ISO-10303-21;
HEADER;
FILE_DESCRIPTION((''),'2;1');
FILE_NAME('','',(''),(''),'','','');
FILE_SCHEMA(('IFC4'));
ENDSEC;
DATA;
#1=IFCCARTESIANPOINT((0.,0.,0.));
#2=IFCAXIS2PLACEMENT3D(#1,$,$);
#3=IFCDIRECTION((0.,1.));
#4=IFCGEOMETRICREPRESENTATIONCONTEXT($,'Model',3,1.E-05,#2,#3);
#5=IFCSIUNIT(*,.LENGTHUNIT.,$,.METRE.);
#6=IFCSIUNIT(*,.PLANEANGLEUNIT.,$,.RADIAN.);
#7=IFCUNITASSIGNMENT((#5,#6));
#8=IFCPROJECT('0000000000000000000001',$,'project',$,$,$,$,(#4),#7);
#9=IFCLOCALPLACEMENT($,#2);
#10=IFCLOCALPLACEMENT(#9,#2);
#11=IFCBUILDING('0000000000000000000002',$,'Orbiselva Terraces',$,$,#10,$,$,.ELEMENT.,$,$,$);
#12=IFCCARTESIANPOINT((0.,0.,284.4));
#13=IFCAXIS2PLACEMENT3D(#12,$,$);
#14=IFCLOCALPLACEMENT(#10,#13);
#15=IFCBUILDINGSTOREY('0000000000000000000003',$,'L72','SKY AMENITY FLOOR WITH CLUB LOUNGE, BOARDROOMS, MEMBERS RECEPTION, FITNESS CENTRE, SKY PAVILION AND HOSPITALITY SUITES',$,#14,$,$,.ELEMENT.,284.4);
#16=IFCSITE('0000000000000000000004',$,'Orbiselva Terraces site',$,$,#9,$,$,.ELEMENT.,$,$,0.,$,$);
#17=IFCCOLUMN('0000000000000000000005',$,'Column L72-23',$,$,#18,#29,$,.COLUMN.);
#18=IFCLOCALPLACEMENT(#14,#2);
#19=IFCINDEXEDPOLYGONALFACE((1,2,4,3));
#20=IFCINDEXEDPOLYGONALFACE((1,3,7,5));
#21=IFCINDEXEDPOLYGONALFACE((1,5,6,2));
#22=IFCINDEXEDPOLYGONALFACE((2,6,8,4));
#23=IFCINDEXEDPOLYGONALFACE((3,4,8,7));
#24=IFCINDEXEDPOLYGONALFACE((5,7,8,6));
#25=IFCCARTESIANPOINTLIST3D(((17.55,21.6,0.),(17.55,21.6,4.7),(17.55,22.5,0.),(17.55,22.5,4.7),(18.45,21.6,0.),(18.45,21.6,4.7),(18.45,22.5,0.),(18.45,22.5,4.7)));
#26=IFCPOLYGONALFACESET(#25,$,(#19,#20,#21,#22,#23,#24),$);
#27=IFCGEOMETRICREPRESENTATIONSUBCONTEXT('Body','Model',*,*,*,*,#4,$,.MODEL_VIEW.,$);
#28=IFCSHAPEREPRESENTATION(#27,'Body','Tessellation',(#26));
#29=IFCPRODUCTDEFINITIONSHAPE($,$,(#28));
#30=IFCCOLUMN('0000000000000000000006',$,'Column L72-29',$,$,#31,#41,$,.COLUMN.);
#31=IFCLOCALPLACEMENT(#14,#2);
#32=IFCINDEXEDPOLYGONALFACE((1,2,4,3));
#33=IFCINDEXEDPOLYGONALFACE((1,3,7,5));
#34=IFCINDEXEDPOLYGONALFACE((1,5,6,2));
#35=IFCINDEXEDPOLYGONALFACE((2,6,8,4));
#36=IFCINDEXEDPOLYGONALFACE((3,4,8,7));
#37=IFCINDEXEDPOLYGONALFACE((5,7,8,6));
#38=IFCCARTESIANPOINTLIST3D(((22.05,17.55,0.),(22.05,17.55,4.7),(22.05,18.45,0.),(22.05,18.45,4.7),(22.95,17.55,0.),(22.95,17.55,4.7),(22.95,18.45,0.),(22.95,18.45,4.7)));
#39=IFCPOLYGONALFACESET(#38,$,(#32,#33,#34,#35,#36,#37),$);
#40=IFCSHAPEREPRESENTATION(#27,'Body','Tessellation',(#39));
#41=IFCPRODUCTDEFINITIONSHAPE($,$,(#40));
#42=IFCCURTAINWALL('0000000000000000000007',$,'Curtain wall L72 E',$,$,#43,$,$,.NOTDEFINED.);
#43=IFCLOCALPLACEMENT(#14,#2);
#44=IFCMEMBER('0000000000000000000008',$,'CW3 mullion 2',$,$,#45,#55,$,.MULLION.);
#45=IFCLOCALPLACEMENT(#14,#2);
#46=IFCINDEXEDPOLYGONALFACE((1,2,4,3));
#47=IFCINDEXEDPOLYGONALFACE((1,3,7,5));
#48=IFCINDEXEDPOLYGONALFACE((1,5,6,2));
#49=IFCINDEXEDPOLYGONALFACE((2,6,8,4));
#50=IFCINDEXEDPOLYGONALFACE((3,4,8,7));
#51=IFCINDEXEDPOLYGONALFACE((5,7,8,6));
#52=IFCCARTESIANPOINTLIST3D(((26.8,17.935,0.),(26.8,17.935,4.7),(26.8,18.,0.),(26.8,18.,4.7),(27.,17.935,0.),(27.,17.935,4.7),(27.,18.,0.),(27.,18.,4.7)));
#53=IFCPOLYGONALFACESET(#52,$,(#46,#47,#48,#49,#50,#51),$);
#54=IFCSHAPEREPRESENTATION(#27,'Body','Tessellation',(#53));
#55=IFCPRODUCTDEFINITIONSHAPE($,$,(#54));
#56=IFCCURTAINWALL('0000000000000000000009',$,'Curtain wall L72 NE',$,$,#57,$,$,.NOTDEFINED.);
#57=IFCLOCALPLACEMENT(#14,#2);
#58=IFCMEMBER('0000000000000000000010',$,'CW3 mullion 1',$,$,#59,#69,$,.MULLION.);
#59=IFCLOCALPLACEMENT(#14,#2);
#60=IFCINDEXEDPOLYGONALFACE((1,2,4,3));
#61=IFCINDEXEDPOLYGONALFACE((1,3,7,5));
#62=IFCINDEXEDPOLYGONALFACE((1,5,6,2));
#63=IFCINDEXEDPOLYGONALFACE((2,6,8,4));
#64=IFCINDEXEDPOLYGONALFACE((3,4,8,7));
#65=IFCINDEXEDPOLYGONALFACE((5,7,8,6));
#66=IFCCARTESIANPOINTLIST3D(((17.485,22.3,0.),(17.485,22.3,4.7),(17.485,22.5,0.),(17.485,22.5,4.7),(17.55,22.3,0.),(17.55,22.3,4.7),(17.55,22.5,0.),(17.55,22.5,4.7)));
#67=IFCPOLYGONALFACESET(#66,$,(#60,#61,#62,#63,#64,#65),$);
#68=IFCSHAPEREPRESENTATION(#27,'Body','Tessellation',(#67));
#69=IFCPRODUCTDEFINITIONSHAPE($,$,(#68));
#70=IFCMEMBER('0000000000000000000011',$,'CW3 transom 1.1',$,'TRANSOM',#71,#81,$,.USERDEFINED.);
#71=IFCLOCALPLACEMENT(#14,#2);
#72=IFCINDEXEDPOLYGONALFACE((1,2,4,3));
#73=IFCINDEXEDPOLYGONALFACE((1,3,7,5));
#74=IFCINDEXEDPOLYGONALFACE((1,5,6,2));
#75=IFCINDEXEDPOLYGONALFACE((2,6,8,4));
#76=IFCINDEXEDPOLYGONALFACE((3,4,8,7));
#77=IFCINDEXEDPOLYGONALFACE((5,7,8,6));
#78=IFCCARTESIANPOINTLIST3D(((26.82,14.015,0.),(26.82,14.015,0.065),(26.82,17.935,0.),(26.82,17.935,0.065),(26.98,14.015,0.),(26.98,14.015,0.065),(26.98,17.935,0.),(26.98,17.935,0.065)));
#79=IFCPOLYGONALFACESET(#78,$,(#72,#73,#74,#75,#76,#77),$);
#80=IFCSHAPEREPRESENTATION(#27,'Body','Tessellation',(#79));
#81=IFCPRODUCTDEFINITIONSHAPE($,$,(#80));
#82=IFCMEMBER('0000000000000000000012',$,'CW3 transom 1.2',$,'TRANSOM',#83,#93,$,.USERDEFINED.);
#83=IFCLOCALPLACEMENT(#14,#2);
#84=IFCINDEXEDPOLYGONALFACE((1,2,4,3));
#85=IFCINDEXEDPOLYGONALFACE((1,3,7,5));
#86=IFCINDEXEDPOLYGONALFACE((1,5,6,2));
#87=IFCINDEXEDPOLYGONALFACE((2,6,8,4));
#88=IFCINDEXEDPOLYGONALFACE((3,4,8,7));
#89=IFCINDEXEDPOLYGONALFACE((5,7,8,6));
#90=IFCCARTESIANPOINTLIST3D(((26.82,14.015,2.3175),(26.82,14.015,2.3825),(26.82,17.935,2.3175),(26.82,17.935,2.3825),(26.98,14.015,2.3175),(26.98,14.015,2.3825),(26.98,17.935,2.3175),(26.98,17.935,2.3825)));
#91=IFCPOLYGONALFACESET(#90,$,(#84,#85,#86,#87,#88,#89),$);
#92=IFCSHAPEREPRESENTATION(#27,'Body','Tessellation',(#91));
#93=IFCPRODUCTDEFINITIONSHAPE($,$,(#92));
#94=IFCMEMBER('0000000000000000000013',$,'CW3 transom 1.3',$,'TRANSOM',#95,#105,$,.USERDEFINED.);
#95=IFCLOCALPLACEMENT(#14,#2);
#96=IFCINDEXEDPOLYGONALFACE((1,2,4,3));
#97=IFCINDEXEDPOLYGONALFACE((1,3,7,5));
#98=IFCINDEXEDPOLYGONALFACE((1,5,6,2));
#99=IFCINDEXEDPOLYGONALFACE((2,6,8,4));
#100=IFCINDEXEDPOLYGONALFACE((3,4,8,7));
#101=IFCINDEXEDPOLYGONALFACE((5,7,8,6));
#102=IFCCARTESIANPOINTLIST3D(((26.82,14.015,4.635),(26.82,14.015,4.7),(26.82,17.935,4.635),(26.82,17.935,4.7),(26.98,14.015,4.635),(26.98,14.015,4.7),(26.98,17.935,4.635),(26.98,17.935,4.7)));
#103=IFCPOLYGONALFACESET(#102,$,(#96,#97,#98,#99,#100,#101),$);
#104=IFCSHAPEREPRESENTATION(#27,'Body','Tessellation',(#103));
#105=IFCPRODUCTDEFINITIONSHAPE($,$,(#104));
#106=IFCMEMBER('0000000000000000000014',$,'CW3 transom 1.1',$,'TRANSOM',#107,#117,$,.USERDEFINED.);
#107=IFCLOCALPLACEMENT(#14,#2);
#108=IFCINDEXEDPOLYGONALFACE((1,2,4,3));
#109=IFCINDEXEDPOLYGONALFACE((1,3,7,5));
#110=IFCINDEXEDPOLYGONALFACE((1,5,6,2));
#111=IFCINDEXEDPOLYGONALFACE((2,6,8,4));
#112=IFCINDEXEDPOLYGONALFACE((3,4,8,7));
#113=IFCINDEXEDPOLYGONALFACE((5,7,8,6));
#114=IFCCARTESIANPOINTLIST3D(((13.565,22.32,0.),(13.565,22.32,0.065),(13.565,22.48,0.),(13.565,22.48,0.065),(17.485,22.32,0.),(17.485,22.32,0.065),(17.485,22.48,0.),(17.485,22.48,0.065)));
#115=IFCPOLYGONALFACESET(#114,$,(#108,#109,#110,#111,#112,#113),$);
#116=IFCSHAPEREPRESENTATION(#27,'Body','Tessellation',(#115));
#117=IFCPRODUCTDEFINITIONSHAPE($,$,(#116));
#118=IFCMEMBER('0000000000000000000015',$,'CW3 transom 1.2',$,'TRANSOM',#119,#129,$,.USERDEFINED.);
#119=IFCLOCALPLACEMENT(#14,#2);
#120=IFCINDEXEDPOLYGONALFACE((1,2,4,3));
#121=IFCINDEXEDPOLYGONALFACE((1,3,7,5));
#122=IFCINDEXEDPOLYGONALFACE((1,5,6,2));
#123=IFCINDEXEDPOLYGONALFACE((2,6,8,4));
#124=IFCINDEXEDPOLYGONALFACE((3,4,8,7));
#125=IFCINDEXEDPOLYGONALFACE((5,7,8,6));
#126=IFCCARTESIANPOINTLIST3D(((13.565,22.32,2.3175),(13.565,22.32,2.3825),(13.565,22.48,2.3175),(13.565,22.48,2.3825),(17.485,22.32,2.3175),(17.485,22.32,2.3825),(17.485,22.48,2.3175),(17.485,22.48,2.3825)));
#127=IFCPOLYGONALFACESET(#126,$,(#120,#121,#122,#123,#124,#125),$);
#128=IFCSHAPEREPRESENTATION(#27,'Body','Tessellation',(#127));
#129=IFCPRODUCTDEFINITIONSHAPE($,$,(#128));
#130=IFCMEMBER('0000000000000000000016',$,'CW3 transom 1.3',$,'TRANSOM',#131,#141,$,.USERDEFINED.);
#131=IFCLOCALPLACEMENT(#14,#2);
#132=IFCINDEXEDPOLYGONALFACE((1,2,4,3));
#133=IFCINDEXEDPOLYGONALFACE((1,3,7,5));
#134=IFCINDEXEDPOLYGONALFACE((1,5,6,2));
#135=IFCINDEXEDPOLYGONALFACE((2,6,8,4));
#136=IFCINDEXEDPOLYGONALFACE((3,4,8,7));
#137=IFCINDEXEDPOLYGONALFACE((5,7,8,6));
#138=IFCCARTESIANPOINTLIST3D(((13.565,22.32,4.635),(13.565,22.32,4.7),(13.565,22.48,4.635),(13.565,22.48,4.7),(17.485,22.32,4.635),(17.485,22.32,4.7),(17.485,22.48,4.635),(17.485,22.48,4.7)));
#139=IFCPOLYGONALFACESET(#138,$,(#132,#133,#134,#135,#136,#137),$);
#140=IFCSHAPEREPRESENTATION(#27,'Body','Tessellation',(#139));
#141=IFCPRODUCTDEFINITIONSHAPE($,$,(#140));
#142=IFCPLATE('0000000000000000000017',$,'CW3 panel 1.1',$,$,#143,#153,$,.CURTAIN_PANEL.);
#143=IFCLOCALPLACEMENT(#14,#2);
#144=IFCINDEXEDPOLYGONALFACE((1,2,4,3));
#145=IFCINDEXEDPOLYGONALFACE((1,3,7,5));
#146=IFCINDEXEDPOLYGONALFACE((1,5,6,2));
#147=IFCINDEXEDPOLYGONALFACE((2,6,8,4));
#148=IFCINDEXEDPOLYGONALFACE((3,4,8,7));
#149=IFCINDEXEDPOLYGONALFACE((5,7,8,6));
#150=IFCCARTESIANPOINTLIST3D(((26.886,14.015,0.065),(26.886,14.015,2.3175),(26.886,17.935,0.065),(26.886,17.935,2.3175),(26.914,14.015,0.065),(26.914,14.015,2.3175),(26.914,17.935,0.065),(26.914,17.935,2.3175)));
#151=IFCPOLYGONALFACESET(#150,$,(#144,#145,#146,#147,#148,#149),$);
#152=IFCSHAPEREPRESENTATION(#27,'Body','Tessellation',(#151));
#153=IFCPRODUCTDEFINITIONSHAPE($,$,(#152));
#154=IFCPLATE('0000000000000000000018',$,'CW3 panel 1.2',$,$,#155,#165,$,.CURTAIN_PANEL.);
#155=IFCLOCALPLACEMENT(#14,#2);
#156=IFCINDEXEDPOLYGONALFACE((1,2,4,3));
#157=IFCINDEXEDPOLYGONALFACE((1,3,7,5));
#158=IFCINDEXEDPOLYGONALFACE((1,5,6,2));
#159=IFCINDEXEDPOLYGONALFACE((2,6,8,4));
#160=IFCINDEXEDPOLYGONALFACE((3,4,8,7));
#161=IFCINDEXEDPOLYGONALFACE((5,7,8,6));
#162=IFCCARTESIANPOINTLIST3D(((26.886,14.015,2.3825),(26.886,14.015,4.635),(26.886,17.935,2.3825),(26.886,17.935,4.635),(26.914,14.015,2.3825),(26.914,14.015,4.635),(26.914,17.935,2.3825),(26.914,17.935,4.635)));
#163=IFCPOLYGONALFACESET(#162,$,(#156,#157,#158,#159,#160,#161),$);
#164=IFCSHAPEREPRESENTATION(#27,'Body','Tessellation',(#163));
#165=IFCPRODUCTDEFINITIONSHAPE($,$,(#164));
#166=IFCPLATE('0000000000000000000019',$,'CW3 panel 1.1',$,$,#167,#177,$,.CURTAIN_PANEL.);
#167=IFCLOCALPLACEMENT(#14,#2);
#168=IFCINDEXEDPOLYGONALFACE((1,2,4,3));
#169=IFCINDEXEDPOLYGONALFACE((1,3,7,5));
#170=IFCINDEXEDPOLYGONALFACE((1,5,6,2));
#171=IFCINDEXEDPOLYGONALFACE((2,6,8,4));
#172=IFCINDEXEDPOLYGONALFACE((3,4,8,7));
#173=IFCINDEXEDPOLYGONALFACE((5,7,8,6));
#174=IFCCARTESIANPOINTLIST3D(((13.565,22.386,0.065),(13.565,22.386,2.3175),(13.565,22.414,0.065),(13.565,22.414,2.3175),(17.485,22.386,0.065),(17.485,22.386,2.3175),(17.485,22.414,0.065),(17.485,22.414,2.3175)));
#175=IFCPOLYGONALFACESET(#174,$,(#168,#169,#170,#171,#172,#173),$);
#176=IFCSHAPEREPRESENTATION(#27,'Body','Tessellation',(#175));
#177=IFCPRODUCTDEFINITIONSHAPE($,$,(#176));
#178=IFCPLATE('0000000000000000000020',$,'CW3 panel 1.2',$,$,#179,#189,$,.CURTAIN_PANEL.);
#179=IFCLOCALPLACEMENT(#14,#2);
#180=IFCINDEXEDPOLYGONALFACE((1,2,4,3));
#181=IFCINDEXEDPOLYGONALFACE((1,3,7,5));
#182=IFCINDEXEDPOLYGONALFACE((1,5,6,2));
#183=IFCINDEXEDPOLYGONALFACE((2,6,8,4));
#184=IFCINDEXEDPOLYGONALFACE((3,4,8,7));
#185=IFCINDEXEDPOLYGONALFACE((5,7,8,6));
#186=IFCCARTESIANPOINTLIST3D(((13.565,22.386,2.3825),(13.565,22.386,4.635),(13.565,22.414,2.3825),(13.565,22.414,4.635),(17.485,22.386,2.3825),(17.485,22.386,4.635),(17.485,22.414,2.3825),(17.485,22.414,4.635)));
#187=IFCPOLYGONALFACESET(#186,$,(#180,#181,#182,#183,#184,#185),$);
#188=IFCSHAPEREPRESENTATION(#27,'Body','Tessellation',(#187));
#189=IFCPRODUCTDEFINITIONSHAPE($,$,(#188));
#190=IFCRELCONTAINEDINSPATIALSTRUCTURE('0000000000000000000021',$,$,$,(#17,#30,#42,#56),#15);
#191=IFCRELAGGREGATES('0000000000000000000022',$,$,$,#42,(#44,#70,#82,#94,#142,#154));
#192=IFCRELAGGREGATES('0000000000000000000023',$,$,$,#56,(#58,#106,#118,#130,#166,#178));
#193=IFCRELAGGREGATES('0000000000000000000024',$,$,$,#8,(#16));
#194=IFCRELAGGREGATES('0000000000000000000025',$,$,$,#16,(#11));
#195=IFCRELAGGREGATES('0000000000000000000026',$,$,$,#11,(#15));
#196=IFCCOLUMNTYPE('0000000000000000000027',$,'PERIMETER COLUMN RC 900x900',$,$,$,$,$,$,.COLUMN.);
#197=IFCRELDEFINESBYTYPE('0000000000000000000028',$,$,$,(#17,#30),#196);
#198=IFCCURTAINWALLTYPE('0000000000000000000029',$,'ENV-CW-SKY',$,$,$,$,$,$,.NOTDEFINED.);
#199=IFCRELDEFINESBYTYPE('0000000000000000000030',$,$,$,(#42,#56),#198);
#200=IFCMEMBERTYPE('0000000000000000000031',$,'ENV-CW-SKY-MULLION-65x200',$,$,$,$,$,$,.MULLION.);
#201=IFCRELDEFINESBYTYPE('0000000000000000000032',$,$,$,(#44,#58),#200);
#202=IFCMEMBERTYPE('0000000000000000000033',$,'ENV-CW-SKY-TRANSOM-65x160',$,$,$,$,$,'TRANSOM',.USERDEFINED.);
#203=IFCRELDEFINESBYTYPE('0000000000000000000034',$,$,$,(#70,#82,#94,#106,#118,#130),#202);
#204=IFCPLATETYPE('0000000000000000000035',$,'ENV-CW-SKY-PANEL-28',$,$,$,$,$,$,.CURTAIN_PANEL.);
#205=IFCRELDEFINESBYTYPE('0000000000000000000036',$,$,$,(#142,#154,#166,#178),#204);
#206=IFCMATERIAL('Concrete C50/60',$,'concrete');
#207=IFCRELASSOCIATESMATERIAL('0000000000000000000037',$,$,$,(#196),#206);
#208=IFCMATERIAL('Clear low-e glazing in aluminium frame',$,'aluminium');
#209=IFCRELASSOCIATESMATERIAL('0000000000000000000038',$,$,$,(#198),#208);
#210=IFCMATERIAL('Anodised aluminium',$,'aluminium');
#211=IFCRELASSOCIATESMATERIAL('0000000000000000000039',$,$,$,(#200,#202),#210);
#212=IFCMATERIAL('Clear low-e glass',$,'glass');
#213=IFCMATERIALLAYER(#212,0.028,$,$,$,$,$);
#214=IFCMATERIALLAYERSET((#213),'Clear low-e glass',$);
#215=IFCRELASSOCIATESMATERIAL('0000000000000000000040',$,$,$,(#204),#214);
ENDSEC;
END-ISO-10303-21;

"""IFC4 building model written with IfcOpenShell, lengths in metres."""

from ifc_helpers import new_model, si_unit, direction, frame, origin, origin_2d, place, context, subcontext, project, spatial, rectangle, extrude, material, layer, layer_set, material_profile, profile_set, type_object, element, aggregate, save


model = new_model("IFC4")

# Units and contexts
model_context = context("Model", 3, precision=1e-05, world=origin(), true_north=direction((0.0, 1.0)))
body_context = subcontext(model_context, "Body", "Model", "MODEL_VIEW")
ifc_project = project(units=[si_unit("LENGTHUNIT", "METRE"), si_unit("PLANEANGLEUNIT", "RADIAN")], contexts=[model_context])

# Site, building, storey
site_placement = place(None, origin())
site = spatial("IfcSite", under=ifc_project, at=site_placement, Name="Orbiselva Terraces site", CompositionType="ELEMENT", RefElevation=0.0)
building_placement = place(site_placement, origin())
building = spatial("IfcBuilding", under=site, at=building_placement, Name="Orbiselva Terraces", CompositionType="ELEMENT")
storey_placement = place(building_placement, frame((0.0, 0.0, 284.4)))
storey = spatial("IfcBuildingStorey", under=building, at=storey_placement, Name="L72", Description="SKY AMENITY FLOOR WITH CLUB LOUNGE, BOARDROOMS, MEMBERS RECEPTION, FITNESS CENTRE, SKY PAVILION AND HOSPITALITY SUITES", CompositionType="ELEMENT", Elevation=284.4)

# Columns
ifc_material_1 = material(Name="Concrete C50/60", Category="concrete")
ifc_material_profile_1 = material_profile(ifc_material_1, rectangle(XDim=0.9, YDim=0.9, at=origin_2d()), Name="RC 900x900")
ifc_profile_set_1 = profile_set([ifc_material_profile_1], Name="Concrete C50/60")
column_type = type_object("IfcColumnType", Name="PERIMETER COLUMN RC 900x900", PredefinedType="COLUMN", material=ifc_profile_set_1)
for number, where, z_axis, x_axis, name in (
    (1, (18.0, 22.05, 0.0), (0.0, 0.0, 1.0), (1.0, 0.0, 0.0), "Column L72-23"),
    (2, (22.5, 18.0, 0.0), (0.0, 0.0, 1.0), (1.0, 0.0, 0.0), "Column L72-29"),
):
    element("IfcColumn", number, at=place(storey_placement, frame(where, z_axis=z_axis, x_axis=x_axis)), inside=storey, type_object=column_type, Name=name, PredefinedType="COLUMN", context=body_context, shape_type="SweptSolid", body=[
        extrude(rectangle(XDim=0.9, YDim=0.9, at=origin_2d()), origin(), (0.0, 0.0, 1.0), 4.7),
    ])

# Curtain walls, members
ifc_material_2 = material(Name="Clear low-e glazing in aluminium frame", Category="aluminium")
curtain_wall_type = type_object("IfcCurtainWallType", Name="ENV-CW-SKY", PredefinedType="NOTDEFINED", material=ifc_material_2)
curtain_wall_1_placement = place(storey_placement, origin())
curtain_wall_1 = element("IfcCurtainWall", 3, at=curtain_wall_1_placement, inside=storey, type_object=curtain_wall_type, Name="Curtain wall L72 E", PredefinedType="NOTDEFINED")
ifc_material_3 = material(Name="Anodised aluminium", Category="aluminium")
ifc_material_profile_2 = material_profile(ifc_material_3, rectangle(XDim=0.2, YDim=0.065, at=origin_2d()), Name="AL 65x200")
ifc_profile_set_2 = profile_set([ifc_material_profile_2], Name="Anodised aluminium")
member_type_1 = type_object("IfcMemberType", Name="ENV-CW-SKY-MULLION-65x200", PredefinedType="MULLION", material=ifc_profile_set_2)
member_1_placement = place(storey_placement, frame((26.9, 17.9675, 0.0), z_axis=(0.0, 0.0, 1.0), x_axis=(-1.0, 0.0, 0.0)))
member_1 = element("IfcMember", 4, at=member_1_placement, type_object=member_type_1, Name="CW3 mullion 2", PredefinedType="MULLION", context=body_context, shape_type="SweptSolid", body=[
    extrude(rectangle(XDim=0.2, YDim=0.065, at=origin_2d()), origin(), (0.0, 0.0, 1.0), 4.7),
])
curtain_wall_2_placement = place(storey_placement, origin())
curtain_wall_2 = element("IfcCurtainWall", 5, at=curtain_wall_2_placement, inside=storey, type_object=curtain_wall_type, Name="Curtain wall L72 NE", PredefinedType="NOTDEFINED")
member_2_placement = place(storey_placement, frame((17.5175, 22.4, 0.0), z_axis=(0.0, 0.0, 1.0), x_axis=(0.0, -1.0, 0.0)))
member_2 = element("IfcMember", 6, at=member_2_placement, type_object=member_type_1, Name="CW3 mullion 1", PredefinedType="MULLION", context=body_context, shape_type="SweptSolid", body=[
    extrude(rectangle(XDim=0.2, YDim=0.065, at=origin_2d()), origin(), (0.0, 0.0, 1.0), 4.7),
])

# Members
ifc_material_profile_3 = material_profile(ifc_material_3, rectangle(XDim=0.16, YDim=0.065, at=origin_2d()), Name="AL 65x160")
ifc_profile_set_3 = profile_set([ifc_material_profile_3], Name="Anodised aluminium")
member_type_2 = type_object("IfcMemberType", Name="ENV-CW-SKY-TRANSOM-65x160", ElementType="TRANSOM", PredefinedType="USERDEFINED", material=ifc_profile_set_3)
member_3_placement = place(storey_placement, frame((26.9, 14.015, 0.0325), z_axis=(0.0, 1.0, 0.0), x_axis=(-1.0, 0.0, 0.0)))
member_3 = element("IfcMember", 7, at=member_3_placement, type_object=member_type_2, Name="CW3 transom 1.1", ObjectType="TRANSOM", PredefinedType="USERDEFINED", context=body_context, shape_type="SweptSolid", body=[
    extrude(rectangle(XDim=0.16, YDim=0.065, at=origin_2d()), origin(), (0.0, 0.0, 1.0), 3.92),
])
member_4_placement = place(storey_placement, frame((26.9, 14.015, 2.35), z_axis=(0.0, 1.0, 0.0), x_axis=(-1.0, 0.0, 0.0)))
member_4 = element("IfcMember", 8, at=member_4_placement, type_object=member_type_2, Name="CW3 transom 1.2", ObjectType="TRANSOM", PredefinedType="USERDEFINED", context=body_context, shape_type="SweptSolid", body=[
    extrude(rectangle(XDim=0.16, YDim=0.065, at=origin_2d()), origin(), (0.0, 0.0, 1.0), 3.92),
])
member_5_placement = place(storey_placement, frame((26.9, 14.015, 4.6675), z_axis=(0.0, 1.0, 0.0), x_axis=(-1.0, 0.0, 0.0)))
member_5 = element("IfcMember", 9, at=member_5_placement, type_object=member_type_2, Name="CW3 transom 1.3", ObjectType="TRANSOM", PredefinedType="USERDEFINED", context=body_context, shape_type="SweptSolid", body=[
    extrude(rectangle(XDim=0.16, YDim=0.065, at=origin_2d()), origin(), (0.0, 0.0, 1.0), 3.92),
])
member_6_placement = place(storey_placement, frame((17.485, 22.4, 0.0325), z_axis=(-1.0, 0.0, 0.0), x_axis=(0.0, -1.0, 0.0)))
member_6 = element("IfcMember", 10, at=member_6_placement, type_object=member_type_2, Name="CW3 transom 1.1", ObjectType="TRANSOM", PredefinedType="USERDEFINED", context=body_context, shape_type="SweptSolid", body=[
    extrude(rectangle(XDim=0.16, YDim=0.065, at=origin_2d()), origin(), (0.0, 0.0, 1.0), 3.92),
])
member_7_placement = place(storey_placement, frame((17.485, 22.4, 2.35), z_axis=(-1.0, 0.0, 0.0), x_axis=(0.0, -1.0, 0.0)))
member_7 = element("IfcMember", 11, at=member_7_placement, type_object=member_type_2, Name="CW3 transom 1.2", ObjectType="TRANSOM", PredefinedType="USERDEFINED", context=body_context, shape_type="SweptSolid", body=[
    extrude(rectangle(XDim=0.16, YDim=0.065, at=origin_2d()), origin(), (0.0, 0.0, 1.0), 3.92),
])
member_8_placement = place(storey_placement, frame((17.485, 22.4, 4.6675), z_axis=(-1.0, 0.0, 0.0), x_axis=(0.0, -1.0, 0.0)))
member_8 = element("IfcMember", 12, at=member_8_placement, type_object=member_type_2, Name="CW3 transom 1.3", ObjectType="TRANSOM", PredefinedType="USERDEFINED", context=body_context, shape_type="SweptSolid", body=[
    extrude(rectangle(XDim=0.16, YDim=0.065, at=origin_2d()), origin(), (0.0, 0.0, 1.0), 3.92),
])

# Plates
ifc_material_4 = material(Name="Clear low-e glass", Category="glass")
ifc_layer_1 = layer(ifc_material_4, 0.028)
ifc_layer_set_1 = layer_set([ifc_layer_1], Name="Clear low-e glass")
plate_type = type_object("IfcPlateType", Name="ENV-CW-SKY-PANEL-28", PredefinedType="CURTAIN_PANEL", material=ifc_layer_set_1)
plate_1_placement = place(storey_placement, frame((26.9, 15.975, 0.065), z_axis=(0.0, 0.0, 1.0), x_axis=(0.0, 1.0, 0.0)))
plate_1 = element("IfcPlate", 13, at=plate_1_placement, type_object=plate_type, Name="CW3 panel 1.1", PredefinedType="CURTAIN_PANEL", context=body_context, shape_type="SweptSolid", body=[
    extrude(rectangle(XDim=3.92, YDim=0.028, at=origin_2d()), origin(), (0.0, 0.0, 1.0), 2.2525),
])
plate_2_placement = place(storey_placement, frame((26.9, 15.975, 2.3825), z_axis=(0.0, 0.0, 1.0), x_axis=(0.0, 1.0, 0.0)))
plate_2 = element("IfcPlate", 14, at=plate_2_placement, type_object=plate_type, Name="CW3 panel 1.2", PredefinedType="CURTAIN_PANEL", context=body_context, shape_type="SweptSolid", body=[
    extrude(rectangle(XDim=3.92, YDim=0.028, at=origin_2d()), origin(), (0.0, 0.0, 1.0), 2.2525),
])
aggregate(curtain_wall_1, [member_1, member_3, member_4, member_5, plate_1, plate_2])
plate_3_placement = place(storey_placement, frame((15.525, 22.4, 0.065), z_axis=(0.0, 0.0, 1.0), x_axis=(-1.0, 0.0, 0.0)))
plate_3 = element("IfcPlate", 15, at=plate_3_placement, type_object=plate_type, Name="CW3 panel 1.1", PredefinedType="CURTAIN_PANEL", context=body_context, shape_type="SweptSolid", body=[
    extrude(rectangle(XDim=3.92, YDim=0.028, at=origin_2d()), origin(), (0.0, 0.0, 1.0), 2.2525),
])
plate_4_placement = place(storey_placement, frame((15.525, 22.4, 2.3825), z_axis=(0.0, 0.0, 1.0), x_axis=(-1.0, 0.0, 0.0)))
plate_4 = element("IfcPlate", 16, at=plate_4_placement, type_object=plate_type, Name="CW3 panel 1.2", PredefinedType="CURTAIN_PANEL", context=body_context, shape_type="SweptSolid", body=[
    extrude(rectangle(XDim=3.92, YDim=0.028, at=origin_2d()), origin(), (0.0, 0.0, 1.0), 2.2525),
])
aggregate(curtain_wall_2, [member_2, member_6, member_7, member_8, plate_3, plate_4])

save(model, "model.ifc")
